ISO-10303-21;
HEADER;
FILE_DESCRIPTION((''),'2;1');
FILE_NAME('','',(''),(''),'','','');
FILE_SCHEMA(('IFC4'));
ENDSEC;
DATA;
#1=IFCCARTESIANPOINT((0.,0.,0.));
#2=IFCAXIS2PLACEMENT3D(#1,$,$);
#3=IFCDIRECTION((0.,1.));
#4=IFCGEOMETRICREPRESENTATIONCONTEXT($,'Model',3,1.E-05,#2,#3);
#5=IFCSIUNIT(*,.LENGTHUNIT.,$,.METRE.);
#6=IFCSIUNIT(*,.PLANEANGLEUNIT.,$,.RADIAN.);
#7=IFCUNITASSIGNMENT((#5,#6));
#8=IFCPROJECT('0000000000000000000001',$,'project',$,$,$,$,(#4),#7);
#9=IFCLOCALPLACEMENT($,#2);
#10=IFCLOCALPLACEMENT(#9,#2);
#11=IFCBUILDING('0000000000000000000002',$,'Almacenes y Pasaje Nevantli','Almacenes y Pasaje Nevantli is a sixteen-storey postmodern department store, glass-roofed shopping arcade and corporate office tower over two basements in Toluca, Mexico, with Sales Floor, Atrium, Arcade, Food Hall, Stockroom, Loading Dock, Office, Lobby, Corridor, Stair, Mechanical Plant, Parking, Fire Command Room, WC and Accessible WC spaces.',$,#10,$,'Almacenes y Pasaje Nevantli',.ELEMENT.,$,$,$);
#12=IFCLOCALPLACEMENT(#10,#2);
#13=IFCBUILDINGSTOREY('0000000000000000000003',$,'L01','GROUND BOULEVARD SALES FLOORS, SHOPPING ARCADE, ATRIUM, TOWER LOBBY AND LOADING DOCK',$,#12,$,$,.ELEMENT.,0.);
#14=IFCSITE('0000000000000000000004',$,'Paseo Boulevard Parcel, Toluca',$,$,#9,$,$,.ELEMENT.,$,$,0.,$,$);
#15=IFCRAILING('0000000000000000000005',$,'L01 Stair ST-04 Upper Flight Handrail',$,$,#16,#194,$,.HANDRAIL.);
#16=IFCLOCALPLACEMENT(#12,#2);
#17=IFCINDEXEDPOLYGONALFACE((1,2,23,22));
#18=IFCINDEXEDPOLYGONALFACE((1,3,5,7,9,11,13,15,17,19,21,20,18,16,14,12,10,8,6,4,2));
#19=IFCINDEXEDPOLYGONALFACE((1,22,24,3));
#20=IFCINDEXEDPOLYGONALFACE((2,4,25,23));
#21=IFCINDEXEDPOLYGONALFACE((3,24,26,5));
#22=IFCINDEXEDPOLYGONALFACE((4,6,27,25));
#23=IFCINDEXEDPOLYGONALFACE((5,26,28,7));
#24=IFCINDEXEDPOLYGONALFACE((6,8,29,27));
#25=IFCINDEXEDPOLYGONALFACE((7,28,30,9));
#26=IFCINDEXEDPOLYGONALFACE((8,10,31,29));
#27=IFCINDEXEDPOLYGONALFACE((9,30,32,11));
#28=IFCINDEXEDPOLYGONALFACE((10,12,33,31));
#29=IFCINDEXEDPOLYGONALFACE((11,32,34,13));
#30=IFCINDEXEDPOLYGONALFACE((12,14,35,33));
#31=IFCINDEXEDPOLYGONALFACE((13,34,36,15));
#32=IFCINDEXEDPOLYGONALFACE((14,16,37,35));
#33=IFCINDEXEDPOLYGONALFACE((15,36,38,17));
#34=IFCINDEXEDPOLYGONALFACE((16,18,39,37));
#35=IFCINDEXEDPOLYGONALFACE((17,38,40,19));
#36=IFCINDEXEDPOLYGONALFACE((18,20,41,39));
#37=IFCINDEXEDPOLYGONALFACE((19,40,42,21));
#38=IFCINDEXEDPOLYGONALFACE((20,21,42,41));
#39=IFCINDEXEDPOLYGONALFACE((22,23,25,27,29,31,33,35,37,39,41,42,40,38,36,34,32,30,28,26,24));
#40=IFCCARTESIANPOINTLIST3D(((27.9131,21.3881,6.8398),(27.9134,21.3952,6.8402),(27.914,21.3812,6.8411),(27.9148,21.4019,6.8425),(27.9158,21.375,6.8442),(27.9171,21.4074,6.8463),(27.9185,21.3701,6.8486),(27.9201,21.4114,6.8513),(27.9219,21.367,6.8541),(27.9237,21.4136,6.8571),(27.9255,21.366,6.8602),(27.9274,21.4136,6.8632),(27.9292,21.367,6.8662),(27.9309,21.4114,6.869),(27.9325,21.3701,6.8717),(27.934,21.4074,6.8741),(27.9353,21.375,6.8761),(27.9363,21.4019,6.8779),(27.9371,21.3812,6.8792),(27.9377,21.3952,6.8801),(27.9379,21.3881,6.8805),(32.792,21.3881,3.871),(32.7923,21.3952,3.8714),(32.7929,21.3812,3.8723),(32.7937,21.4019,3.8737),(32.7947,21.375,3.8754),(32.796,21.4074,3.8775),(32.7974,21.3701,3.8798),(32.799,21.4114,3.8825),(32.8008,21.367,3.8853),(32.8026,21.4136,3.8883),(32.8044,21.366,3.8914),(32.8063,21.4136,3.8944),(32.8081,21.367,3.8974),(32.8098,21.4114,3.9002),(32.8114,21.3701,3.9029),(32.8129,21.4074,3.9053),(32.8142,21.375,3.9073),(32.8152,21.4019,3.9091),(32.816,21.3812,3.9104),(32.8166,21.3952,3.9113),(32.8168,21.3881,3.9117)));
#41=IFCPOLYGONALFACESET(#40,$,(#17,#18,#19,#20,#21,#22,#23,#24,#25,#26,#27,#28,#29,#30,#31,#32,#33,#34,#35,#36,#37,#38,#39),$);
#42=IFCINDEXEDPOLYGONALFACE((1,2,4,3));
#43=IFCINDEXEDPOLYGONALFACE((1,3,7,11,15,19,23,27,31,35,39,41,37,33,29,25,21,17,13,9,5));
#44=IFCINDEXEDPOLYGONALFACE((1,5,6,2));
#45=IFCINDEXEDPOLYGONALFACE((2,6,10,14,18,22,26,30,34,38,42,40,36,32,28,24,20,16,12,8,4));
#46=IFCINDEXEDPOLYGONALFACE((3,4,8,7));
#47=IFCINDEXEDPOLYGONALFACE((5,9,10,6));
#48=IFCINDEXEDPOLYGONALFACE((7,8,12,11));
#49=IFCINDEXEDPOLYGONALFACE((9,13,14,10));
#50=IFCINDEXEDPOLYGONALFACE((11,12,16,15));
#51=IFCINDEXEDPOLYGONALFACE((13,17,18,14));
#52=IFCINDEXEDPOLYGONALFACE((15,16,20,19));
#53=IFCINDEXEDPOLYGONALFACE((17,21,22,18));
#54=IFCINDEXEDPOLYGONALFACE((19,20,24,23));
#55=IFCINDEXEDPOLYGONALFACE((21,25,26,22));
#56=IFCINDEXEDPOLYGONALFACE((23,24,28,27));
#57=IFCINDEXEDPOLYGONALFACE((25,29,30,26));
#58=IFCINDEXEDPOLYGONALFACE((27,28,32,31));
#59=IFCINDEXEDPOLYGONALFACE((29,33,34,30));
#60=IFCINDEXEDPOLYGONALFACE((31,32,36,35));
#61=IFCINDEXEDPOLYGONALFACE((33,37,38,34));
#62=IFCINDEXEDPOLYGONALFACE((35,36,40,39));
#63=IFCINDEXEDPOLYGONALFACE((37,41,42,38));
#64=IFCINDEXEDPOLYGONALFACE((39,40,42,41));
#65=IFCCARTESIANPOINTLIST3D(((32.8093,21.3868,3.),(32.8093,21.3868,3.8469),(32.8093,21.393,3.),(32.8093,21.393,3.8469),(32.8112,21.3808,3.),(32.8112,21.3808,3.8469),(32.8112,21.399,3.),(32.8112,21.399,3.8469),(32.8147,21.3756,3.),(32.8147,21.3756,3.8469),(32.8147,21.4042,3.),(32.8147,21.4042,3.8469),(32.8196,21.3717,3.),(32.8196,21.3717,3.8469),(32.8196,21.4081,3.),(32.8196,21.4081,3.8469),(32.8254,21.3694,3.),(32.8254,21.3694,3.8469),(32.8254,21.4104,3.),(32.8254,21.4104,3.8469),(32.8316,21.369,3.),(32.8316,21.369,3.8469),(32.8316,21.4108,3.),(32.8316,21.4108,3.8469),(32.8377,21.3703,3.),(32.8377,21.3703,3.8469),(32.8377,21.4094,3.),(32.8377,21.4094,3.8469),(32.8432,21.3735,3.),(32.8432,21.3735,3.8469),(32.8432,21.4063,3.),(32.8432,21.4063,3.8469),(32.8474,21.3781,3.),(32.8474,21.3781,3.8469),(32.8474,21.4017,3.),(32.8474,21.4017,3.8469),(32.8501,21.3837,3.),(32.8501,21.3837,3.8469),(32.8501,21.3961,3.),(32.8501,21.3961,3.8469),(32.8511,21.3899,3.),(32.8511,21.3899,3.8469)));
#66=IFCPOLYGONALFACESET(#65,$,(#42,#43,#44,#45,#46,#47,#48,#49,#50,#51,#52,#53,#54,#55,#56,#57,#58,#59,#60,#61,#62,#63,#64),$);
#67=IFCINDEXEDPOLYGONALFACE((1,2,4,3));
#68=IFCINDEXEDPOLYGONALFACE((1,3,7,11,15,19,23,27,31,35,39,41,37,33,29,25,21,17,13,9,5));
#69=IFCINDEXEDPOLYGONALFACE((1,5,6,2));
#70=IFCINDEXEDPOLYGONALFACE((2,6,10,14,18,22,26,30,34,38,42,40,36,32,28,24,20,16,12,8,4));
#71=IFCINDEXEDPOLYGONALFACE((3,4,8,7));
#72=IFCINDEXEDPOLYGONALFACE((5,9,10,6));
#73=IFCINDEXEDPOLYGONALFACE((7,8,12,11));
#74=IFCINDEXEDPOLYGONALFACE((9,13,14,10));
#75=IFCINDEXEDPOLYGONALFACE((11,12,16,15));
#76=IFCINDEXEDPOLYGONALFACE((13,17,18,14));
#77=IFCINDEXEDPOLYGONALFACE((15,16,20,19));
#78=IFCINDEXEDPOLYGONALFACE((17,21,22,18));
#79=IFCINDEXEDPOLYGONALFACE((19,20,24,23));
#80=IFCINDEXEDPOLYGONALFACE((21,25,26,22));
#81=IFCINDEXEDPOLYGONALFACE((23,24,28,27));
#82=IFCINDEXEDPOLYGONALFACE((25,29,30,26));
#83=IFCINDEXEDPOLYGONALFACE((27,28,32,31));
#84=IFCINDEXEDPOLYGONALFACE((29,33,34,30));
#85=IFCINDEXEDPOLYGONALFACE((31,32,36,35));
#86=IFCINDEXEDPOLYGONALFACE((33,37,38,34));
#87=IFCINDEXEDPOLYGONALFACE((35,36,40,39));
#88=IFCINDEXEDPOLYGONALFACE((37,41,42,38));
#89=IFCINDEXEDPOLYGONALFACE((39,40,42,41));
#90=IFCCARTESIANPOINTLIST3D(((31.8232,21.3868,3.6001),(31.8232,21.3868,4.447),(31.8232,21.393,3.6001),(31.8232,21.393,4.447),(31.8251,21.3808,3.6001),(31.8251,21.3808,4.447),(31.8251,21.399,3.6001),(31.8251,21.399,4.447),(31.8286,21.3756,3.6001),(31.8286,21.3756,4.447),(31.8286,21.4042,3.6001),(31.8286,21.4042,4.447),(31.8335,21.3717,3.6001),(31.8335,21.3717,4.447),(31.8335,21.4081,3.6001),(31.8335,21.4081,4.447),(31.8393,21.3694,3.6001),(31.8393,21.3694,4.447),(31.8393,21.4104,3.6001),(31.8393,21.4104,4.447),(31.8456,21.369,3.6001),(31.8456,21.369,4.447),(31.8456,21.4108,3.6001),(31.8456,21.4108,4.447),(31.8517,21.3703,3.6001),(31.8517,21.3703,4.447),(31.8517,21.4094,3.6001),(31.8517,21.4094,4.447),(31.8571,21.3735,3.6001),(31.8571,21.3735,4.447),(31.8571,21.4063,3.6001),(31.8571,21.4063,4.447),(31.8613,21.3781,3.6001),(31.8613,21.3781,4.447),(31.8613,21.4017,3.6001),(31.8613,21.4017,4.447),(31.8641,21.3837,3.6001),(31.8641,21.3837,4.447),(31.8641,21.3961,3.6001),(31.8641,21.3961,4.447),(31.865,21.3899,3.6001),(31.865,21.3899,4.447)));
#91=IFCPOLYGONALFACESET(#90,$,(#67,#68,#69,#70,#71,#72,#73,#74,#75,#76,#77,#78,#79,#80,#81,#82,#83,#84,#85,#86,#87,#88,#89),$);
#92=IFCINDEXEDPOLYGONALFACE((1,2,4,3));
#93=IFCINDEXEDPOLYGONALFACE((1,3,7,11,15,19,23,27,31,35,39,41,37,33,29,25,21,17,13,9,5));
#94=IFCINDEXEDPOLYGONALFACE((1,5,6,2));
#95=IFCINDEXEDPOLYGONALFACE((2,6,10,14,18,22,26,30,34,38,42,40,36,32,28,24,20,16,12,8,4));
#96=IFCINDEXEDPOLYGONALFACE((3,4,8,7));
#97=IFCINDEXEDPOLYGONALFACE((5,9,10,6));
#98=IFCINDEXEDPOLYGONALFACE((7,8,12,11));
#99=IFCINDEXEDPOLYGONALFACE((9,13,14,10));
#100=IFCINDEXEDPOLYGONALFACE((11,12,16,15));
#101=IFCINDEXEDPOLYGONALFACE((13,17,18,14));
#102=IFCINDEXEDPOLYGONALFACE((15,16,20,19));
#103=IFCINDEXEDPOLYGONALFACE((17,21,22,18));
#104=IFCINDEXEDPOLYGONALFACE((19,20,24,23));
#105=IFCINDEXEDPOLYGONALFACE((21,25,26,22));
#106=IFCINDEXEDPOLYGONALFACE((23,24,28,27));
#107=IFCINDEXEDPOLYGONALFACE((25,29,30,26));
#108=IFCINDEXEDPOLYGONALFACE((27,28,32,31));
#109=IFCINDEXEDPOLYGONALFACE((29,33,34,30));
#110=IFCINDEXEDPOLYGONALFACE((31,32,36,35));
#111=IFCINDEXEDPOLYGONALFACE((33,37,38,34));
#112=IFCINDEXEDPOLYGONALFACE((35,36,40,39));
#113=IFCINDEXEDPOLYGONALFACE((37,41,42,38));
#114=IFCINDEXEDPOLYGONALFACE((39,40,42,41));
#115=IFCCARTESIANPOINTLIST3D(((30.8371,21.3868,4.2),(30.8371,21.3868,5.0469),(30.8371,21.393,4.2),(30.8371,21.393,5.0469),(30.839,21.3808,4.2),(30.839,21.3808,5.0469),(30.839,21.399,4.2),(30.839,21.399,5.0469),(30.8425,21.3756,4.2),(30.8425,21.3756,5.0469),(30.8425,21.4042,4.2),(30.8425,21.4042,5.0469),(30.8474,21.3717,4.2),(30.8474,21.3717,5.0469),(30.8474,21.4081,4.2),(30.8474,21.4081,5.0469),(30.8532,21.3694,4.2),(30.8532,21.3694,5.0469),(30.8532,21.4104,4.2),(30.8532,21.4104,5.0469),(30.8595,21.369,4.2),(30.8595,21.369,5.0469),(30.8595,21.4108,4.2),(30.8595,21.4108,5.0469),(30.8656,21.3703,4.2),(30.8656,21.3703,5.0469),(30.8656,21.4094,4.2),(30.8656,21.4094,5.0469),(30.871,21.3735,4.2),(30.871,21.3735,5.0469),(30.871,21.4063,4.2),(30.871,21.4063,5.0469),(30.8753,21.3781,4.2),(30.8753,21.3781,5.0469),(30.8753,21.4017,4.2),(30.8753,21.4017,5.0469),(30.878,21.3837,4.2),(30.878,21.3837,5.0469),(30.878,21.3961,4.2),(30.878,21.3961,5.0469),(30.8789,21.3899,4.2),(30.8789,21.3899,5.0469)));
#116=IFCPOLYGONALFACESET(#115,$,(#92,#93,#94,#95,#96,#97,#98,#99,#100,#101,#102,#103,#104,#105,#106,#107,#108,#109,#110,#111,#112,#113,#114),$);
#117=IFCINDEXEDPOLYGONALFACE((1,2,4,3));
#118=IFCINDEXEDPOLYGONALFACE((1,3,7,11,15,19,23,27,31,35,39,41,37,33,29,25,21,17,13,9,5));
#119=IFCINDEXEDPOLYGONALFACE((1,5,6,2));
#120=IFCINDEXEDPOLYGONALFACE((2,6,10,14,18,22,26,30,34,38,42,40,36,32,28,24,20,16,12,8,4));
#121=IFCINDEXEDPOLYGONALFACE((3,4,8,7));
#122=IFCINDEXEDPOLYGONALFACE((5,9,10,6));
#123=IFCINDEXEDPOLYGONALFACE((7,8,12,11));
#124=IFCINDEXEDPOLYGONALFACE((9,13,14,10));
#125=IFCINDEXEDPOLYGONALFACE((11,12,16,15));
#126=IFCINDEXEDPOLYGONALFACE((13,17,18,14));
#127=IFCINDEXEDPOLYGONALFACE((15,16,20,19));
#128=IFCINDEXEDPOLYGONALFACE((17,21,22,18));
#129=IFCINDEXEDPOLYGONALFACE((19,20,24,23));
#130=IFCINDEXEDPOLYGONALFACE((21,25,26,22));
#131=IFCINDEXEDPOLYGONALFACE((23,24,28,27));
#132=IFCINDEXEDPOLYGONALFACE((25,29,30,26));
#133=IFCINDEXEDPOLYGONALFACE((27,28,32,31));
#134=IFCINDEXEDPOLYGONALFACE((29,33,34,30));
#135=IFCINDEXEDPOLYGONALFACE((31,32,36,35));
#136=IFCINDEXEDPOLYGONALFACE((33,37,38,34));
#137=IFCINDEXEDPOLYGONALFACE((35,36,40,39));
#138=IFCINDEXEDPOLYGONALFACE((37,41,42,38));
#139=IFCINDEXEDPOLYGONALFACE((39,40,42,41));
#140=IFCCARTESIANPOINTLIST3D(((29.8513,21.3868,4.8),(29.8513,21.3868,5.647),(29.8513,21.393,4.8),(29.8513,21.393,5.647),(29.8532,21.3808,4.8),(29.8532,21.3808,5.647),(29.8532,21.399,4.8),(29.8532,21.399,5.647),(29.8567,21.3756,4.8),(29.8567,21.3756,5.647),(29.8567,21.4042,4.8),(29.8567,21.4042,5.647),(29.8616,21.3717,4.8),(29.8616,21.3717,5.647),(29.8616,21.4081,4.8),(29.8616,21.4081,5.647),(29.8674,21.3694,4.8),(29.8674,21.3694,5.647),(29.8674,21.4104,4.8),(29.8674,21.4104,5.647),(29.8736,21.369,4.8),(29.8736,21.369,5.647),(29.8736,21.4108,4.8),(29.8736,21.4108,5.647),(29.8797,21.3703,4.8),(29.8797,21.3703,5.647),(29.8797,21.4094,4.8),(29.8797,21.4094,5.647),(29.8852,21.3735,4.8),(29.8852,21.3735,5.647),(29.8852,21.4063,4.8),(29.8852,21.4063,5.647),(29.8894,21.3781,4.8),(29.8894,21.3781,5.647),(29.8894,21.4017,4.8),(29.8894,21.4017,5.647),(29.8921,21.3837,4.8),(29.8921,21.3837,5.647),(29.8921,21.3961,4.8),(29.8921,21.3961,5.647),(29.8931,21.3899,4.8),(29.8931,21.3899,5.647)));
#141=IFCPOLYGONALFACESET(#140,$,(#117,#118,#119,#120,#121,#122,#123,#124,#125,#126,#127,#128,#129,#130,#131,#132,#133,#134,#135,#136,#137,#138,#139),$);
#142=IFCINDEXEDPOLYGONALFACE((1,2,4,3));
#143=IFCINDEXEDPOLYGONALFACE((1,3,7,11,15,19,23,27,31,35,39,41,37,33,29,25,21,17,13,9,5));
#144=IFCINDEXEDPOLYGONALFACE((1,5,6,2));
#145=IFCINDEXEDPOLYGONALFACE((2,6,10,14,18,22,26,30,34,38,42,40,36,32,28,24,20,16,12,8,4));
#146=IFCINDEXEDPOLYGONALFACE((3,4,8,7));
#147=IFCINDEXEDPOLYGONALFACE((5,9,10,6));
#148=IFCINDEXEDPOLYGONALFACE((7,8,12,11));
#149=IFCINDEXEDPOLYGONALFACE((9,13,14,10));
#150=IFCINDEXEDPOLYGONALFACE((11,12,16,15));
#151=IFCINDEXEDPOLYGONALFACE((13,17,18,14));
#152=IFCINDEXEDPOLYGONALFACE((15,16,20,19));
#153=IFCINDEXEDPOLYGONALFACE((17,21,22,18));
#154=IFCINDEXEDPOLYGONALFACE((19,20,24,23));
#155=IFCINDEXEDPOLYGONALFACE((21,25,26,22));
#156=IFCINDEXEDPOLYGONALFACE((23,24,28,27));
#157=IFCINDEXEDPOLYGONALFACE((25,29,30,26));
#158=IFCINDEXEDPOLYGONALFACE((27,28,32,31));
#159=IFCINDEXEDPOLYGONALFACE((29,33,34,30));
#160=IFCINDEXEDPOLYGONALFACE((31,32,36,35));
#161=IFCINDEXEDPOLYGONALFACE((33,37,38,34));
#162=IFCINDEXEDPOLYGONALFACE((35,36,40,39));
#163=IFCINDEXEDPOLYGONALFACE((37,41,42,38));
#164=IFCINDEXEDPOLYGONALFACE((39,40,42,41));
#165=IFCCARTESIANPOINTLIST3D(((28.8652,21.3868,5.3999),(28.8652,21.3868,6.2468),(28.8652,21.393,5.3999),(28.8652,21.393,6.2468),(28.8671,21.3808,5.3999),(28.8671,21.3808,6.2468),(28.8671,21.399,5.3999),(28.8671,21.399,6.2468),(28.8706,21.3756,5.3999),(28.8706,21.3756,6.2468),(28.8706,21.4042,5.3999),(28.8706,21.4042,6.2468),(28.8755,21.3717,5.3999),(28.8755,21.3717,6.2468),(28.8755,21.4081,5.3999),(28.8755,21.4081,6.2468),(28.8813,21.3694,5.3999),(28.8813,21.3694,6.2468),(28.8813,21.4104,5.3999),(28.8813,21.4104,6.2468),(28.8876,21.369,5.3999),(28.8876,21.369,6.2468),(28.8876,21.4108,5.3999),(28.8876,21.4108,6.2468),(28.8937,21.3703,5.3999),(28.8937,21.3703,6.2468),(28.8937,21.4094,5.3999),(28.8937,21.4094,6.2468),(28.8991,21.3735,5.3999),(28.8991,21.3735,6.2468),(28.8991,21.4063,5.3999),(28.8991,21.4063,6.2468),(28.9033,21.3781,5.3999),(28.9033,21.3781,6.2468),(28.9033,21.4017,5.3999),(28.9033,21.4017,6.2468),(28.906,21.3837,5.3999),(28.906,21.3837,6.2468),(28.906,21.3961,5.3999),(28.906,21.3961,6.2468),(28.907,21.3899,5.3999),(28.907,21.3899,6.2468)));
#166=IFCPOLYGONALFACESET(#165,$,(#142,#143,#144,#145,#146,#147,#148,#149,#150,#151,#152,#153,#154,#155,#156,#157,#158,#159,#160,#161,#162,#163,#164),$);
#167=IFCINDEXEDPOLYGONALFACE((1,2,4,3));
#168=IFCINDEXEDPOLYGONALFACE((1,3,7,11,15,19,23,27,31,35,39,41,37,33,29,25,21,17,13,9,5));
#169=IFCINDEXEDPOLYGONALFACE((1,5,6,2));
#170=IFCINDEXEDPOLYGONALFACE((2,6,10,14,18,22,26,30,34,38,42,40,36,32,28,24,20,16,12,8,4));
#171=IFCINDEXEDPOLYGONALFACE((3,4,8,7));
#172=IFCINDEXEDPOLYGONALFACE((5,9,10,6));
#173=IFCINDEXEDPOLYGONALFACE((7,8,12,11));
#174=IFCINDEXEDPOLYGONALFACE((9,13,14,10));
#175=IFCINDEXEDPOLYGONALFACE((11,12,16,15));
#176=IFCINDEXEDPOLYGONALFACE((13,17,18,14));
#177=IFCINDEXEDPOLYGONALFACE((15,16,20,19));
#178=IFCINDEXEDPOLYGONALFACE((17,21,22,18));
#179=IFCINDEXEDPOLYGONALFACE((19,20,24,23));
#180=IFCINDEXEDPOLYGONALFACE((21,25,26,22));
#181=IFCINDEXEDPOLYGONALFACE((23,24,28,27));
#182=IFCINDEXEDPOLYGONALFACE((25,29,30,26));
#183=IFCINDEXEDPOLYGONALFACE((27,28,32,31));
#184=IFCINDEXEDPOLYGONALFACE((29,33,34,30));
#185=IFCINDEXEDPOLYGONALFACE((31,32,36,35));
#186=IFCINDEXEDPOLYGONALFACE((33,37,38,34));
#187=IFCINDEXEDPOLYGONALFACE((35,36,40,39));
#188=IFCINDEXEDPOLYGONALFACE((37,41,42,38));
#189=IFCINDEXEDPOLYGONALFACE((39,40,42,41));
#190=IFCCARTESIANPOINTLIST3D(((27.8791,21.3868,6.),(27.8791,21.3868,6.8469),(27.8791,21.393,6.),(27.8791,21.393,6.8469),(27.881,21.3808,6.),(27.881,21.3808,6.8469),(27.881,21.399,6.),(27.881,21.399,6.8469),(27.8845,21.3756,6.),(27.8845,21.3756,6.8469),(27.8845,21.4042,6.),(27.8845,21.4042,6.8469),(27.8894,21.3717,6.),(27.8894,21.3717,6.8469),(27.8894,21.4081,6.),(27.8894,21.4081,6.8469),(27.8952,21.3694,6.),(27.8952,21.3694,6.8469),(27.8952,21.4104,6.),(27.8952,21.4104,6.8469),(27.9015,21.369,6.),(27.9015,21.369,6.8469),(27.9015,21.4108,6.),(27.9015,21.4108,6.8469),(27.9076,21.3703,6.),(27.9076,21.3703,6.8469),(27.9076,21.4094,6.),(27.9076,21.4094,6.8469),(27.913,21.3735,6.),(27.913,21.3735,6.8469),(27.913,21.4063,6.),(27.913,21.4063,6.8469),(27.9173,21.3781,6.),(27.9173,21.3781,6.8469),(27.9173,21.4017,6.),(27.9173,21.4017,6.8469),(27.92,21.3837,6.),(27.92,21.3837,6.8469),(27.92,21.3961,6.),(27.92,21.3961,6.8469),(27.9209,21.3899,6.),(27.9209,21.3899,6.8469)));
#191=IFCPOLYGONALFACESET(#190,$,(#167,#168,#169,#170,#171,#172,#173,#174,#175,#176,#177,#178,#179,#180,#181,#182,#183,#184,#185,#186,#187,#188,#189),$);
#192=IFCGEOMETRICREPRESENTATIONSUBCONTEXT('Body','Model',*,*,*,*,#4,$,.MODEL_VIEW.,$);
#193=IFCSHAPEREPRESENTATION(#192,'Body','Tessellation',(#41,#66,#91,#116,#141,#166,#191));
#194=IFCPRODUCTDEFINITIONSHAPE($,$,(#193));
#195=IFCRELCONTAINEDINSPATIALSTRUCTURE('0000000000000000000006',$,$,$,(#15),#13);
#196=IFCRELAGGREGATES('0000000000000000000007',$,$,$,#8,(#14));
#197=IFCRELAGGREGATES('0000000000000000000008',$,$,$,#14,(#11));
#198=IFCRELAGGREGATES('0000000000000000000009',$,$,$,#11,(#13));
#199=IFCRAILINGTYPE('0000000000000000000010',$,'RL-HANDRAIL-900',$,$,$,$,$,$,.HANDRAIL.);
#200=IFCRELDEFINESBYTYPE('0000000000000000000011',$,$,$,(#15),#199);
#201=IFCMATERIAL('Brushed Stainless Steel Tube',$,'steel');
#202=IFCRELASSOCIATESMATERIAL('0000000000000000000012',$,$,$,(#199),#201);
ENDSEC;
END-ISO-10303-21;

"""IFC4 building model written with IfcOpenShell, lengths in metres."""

from ifc_helpers import new_model, si_unit, direction, frame, origin, origin_2d, place, context, subcontext, project, spatial, circle, extrude, material, type_object, element, save


model = new_model("IFC4")

# Units and contexts
model_context = context("Model", 3, precision=1e-05, world=origin(), true_north=direction((0.0, 1.0)))
body_context = subcontext(model_context, "Body", "Model", "MODEL_VIEW")
ifc_project = project(units=[si_unit("LENGTHUNIT", "METRE"), si_unit("PLANEANGLEUNIT", "RADIAN")], contexts=[model_context])

# Site, building, storey
site_placement = place(None, origin())
site = spatial("IfcSite", under=ifc_project, at=site_placement, Name="Paseo Boulevard Parcel, Toluca", CompositionType="ELEMENT", RefElevation=0.0)
building_placement = place(site_placement, origin())
building = spatial("IfcBuilding", under=site, at=building_placement, Name="Almacenes y Pasaje Nevantli", Description="Almacenes y Pasaje Nevantli is a sixteen-storey postmodern department store, glass-roofed shopping arcade and corporate office tower over two basements in Toluca, Mexico, with Sales Floor, Atrium, Arcade, Food Hall, Stockroom, Loading Dock, Office, Lobby, Corridor, Stair, Mechanical Plant, Parking, Fire Command Room, WC and Accessible WC spaces.", LongName="Almacenes y Pasaje Nevantli", CompositionType="ELEMENT")
storey_placement = place(building_placement, origin())
storey = spatial("IfcBuildingStorey", under=building, at=storey_placement, Name="L01", Description="GROUND BOULEVARD SALES FLOORS, SHOPPING ARCADE, ATRIUM, TOWER LOBBY AND LOADING DOCK", CompositionType="ELEMENT", Elevation=0.0)

# Railing
ifc_material_1 = material(Name="Brushed Stainless Steel Tube", Category="steel")
railing_type_1 = type_object("IfcRailingType", Name="RL-HANDRAIL-900", PredefinedType="HANDRAIL", material=ifc_material_1)
railing_1_placement = place(storey_placement, frame((32.8301, 21.3899, 3.0)))
element("IfcRailing", 1, at=railing_1_placement, inside=storey, type_object=railing_type_1, Name="L01 Stair ST-04 Upper Flight Handrail", PredefinedType="HANDRAIL", context=body_context, shape_type="SweptSolid", body=[
    extrude(circle(Radius=0.0239, at=origin_2d()), frame((-0.0256, 0.0, 0.8914), z_axis=(-0.854274, 0.0, 0.519823), x_axis=(0.0, -1.0, 0.0)), (0.0, 0.0, 1.0), 5.7112),
    extrude(circle(Radius=0.021, at=origin_2d()), origin(), (0.0, 0.0, 1.0), 0.8469),
    extrude(circle(Radius=0.021, at=origin_2d()), frame((-0.9861, 0.0, 0.6001)), (0.0, 0.0, 1.0), 0.8469),
    extrude(circle(Radius=0.021, at=origin_2d()), frame((-1.9722, 0.0, 1.2)), (0.0, 0.0, 1.0), 0.8469),
    extrude(circle(Radius=0.021, at=origin_2d()), frame((-2.958, 0.0, 1.8)), (0.0, 0.0, 1.0), 0.8469),
    extrude(circle(Radius=0.021, at=origin_2d()), frame((-3.9441, 0.0, 2.3999)), (0.0, 0.0, 1.0), 0.8469),
    extrude(circle(Radius=0.021, at=origin_2d()), frame((-4.9302, 0.0, 3.0)), (0.0, 0.0, 1.0), 0.8469),
])

save(model, "model.ifc")
